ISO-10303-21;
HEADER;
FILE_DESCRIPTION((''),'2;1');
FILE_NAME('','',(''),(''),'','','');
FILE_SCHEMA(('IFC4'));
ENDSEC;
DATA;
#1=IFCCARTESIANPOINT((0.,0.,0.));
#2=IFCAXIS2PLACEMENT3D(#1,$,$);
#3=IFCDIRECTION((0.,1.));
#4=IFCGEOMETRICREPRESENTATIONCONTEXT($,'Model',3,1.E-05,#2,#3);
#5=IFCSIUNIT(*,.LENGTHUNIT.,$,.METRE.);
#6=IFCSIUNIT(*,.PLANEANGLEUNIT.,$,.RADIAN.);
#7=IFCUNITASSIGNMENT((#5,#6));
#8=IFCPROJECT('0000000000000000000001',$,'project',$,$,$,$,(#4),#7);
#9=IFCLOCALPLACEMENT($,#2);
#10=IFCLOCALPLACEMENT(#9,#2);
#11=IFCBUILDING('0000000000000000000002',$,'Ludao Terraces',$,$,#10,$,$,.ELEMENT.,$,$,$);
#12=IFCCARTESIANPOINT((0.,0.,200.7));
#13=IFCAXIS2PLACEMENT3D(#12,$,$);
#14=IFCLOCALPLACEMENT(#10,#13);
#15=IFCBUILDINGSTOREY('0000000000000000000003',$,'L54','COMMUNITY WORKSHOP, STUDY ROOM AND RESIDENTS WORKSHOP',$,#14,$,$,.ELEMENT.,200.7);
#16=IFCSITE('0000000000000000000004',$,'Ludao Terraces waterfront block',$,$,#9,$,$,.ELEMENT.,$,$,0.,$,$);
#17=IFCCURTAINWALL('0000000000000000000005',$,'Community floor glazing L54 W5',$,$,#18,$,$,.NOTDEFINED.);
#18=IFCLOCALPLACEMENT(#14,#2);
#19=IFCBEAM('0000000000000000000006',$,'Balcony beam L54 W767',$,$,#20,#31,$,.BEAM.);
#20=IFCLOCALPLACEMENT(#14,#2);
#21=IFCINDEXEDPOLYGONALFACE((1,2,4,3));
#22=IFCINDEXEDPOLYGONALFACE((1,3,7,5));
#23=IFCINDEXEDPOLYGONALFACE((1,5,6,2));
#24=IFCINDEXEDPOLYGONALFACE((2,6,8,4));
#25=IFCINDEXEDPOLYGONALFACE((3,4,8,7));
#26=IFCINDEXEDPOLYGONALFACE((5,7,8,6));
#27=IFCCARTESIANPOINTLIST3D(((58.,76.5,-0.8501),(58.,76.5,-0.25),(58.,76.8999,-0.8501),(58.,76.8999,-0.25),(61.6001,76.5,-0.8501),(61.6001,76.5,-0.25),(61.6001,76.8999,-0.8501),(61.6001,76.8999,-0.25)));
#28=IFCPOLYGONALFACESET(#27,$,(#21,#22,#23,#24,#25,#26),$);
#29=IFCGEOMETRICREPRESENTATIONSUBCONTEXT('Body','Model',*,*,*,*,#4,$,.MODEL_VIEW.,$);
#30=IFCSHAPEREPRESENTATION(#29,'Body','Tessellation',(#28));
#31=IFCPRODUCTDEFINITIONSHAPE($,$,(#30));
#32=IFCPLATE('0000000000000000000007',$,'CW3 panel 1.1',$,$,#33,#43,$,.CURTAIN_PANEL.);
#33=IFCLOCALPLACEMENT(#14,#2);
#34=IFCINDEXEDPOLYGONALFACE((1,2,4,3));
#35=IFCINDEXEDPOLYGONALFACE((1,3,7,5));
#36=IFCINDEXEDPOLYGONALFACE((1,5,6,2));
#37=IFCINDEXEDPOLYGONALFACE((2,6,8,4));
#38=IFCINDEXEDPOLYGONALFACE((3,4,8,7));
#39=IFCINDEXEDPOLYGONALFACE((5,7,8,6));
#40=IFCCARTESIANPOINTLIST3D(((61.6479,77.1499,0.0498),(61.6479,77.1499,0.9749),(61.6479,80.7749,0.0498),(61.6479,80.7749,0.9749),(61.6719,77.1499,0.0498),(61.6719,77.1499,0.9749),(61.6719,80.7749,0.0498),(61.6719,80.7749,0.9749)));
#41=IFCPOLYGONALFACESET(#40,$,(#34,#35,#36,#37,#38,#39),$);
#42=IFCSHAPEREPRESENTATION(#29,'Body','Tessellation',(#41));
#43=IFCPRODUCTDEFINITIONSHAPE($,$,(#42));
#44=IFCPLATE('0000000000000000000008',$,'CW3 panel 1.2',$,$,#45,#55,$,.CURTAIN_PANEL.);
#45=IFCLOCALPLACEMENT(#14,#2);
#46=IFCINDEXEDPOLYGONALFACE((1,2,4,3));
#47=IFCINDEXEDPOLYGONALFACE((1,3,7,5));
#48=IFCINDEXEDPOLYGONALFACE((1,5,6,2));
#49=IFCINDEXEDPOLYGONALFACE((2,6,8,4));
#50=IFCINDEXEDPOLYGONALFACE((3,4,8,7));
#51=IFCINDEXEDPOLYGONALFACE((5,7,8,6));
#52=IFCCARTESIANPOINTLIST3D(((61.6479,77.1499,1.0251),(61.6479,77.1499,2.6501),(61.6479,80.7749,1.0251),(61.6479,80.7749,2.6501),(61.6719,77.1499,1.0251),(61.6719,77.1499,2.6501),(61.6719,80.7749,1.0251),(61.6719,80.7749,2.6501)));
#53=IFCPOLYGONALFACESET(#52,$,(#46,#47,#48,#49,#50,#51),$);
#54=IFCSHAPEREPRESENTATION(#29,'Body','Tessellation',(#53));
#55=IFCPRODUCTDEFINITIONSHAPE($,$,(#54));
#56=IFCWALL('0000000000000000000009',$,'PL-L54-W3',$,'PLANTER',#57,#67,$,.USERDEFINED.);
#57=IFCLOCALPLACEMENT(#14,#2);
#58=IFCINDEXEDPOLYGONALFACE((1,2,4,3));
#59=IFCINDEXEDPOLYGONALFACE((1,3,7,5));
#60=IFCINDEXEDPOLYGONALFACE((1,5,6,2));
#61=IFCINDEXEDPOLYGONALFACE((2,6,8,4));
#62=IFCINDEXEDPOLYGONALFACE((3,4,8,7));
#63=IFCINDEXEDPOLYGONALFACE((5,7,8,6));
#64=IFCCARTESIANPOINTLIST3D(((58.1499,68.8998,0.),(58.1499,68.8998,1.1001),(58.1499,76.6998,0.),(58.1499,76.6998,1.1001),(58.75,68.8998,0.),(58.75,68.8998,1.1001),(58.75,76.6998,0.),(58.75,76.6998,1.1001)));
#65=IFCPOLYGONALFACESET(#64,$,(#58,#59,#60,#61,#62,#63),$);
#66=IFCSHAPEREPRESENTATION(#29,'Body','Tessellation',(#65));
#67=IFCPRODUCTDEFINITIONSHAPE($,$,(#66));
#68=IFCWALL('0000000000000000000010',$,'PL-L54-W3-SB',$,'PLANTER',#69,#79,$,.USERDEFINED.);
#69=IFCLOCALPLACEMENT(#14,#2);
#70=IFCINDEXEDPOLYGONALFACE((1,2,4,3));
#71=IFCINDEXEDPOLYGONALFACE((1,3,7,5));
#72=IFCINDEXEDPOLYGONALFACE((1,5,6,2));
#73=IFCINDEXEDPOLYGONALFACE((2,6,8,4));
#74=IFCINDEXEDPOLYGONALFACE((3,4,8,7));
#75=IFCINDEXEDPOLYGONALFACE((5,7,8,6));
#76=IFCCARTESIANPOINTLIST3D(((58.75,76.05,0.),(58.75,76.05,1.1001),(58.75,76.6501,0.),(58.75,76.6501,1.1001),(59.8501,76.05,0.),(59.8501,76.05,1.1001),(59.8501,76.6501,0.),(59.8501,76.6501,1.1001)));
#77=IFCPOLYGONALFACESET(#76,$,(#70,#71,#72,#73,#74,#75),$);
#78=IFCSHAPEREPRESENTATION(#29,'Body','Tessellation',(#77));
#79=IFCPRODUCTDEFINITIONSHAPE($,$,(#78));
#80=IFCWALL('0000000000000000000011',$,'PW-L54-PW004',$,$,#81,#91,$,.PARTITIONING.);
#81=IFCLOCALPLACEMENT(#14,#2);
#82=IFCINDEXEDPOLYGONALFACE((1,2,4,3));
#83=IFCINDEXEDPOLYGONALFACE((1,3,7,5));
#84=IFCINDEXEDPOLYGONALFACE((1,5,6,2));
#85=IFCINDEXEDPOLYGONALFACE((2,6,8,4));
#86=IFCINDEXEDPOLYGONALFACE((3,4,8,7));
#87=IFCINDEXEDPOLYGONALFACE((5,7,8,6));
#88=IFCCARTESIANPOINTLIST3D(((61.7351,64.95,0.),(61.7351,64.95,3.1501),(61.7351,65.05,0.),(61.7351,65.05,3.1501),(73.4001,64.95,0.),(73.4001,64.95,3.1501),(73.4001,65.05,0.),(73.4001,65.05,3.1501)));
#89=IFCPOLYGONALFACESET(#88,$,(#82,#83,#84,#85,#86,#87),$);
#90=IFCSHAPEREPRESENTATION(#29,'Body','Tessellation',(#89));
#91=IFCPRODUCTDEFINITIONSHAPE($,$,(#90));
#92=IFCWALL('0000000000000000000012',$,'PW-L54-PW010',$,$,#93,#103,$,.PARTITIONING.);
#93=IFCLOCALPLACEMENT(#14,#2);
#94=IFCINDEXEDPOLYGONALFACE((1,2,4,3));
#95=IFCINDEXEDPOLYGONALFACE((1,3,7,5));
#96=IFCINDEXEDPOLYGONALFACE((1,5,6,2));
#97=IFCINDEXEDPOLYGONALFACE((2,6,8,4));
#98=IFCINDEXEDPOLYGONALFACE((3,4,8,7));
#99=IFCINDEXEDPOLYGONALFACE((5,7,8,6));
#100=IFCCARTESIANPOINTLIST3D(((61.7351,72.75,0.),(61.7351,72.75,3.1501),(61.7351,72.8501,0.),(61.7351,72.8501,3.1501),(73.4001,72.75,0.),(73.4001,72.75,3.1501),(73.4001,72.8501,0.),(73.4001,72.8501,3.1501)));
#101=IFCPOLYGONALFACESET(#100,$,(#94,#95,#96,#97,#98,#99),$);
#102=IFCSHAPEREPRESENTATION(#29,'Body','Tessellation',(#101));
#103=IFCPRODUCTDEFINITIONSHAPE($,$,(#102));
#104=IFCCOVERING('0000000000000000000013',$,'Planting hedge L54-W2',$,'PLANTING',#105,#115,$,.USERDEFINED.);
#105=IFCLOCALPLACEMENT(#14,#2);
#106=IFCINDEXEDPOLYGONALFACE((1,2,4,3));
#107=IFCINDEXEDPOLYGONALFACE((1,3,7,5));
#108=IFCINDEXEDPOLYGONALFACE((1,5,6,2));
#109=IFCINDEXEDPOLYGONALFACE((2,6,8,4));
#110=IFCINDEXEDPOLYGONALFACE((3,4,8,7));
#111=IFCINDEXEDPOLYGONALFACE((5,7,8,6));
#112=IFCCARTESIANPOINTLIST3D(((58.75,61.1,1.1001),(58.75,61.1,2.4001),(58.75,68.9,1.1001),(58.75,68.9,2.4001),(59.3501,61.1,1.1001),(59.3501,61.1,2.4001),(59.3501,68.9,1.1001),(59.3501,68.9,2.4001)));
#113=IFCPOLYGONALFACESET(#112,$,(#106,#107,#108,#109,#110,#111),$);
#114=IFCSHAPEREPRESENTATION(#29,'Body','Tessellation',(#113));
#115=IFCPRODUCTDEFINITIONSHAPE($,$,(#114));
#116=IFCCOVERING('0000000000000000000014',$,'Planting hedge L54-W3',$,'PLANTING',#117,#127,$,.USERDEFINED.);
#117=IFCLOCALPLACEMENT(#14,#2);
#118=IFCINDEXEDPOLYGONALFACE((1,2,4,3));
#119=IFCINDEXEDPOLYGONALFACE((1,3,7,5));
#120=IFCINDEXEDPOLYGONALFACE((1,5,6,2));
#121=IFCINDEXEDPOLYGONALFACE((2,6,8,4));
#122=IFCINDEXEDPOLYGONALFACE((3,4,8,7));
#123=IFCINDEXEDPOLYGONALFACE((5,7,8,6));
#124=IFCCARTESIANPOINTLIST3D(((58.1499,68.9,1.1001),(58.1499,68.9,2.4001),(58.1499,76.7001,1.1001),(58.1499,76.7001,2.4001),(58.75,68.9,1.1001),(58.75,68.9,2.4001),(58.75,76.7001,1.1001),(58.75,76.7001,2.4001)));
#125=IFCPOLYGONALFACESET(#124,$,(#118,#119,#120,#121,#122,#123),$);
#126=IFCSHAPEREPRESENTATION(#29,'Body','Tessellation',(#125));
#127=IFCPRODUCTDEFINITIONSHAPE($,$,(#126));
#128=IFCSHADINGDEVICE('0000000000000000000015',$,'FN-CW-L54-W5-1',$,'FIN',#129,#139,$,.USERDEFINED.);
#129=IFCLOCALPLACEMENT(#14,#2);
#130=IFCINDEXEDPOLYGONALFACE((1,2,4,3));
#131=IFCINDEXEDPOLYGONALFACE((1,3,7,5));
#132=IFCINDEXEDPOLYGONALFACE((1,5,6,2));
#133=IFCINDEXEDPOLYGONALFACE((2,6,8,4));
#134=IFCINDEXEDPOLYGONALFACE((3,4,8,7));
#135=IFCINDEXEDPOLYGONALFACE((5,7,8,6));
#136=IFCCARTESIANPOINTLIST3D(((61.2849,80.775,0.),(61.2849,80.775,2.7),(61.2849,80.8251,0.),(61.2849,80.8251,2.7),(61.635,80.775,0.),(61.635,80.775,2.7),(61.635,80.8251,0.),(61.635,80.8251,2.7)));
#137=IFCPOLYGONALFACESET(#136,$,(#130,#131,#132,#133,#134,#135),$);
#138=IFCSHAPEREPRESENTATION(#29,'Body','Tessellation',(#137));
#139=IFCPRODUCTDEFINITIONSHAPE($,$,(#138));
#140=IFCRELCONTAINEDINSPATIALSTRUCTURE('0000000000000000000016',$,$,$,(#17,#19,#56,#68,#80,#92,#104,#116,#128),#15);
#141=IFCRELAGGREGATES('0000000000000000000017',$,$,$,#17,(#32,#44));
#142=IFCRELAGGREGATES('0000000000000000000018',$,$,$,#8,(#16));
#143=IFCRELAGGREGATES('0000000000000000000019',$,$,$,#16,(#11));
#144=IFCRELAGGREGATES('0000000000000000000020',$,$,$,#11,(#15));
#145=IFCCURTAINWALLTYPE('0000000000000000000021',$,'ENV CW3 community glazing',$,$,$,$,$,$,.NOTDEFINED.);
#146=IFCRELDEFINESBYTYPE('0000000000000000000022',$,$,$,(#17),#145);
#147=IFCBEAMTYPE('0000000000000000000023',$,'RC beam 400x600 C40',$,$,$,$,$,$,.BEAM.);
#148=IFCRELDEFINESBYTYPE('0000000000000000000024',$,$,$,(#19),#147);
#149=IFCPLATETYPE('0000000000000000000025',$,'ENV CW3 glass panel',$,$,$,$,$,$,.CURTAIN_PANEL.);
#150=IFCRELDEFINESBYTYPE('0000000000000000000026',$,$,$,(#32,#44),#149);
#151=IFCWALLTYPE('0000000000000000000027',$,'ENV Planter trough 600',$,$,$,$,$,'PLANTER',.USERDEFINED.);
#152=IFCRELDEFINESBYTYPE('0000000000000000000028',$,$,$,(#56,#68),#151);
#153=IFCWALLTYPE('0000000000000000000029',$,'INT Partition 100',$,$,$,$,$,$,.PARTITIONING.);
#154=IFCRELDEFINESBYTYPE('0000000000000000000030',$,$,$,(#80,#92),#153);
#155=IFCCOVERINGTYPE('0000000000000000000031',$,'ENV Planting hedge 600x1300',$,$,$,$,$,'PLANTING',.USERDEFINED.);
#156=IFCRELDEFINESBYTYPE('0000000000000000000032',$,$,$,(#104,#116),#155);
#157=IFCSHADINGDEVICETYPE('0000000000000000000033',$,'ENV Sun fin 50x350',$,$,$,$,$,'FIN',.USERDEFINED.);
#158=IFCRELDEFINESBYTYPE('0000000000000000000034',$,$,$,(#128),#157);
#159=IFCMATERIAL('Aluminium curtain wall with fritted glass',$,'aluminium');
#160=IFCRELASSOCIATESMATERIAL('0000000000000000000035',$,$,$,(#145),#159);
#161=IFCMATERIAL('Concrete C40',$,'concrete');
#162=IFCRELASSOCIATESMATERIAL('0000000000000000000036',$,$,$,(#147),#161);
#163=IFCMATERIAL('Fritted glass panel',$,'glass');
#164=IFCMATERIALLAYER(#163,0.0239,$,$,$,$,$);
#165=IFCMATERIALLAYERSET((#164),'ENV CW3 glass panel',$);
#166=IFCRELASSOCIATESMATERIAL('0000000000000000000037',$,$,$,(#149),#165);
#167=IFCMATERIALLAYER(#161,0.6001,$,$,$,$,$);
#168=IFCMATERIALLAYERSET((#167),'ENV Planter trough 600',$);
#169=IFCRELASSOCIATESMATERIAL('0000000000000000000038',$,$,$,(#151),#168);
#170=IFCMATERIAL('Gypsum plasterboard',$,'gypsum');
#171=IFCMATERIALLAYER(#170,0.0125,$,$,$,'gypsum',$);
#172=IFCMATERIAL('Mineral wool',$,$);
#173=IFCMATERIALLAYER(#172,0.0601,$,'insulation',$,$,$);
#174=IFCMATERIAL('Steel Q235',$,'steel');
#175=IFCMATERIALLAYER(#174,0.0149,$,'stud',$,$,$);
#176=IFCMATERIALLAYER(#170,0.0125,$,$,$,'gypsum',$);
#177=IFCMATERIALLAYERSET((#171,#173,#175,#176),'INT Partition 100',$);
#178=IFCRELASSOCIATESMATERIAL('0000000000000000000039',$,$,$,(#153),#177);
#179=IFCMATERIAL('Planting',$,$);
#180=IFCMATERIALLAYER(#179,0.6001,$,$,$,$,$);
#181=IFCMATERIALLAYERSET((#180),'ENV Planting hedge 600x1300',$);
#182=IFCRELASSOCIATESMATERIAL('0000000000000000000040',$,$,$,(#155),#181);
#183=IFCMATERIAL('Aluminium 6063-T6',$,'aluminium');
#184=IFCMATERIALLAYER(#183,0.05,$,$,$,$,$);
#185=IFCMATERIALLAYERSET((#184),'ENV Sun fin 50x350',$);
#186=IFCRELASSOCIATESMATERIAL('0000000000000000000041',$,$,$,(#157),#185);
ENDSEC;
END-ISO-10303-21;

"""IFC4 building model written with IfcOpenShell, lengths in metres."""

from ifc_helpers import new_model, si_unit, direction, frame, frame_2d, origin, origin_2d, place, context, subcontext, project, spatial, rectangle, extrude, material, layer, layer_set, material_profile, profile_set, type_object, element, aggregate, save


model = new_model("IFC4")

# Units and contexts
model_context = context("Model", 3, precision=1e-05, world=origin(), true_north=direction((0.0, 1.0)))
body_context = subcontext(model_context, "Body", "Model", "MODEL_VIEW")
ifc_project = project(units=[si_unit("LENGTHUNIT", "METRE"), si_unit("PLANEANGLEUNIT", "RADIAN")], contexts=[model_context])

# Site, building, storey
site_placement = place(None, origin())
site = spatial("IfcSite", under=ifc_project, at=site_placement, Name="Ludao Terraces waterfront block", CompositionType="ELEMENT", RefElevation=0.0)
building_placement = place(site_placement, origin())
building = spatial("IfcBuilding", under=site, at=building_placement, Name="Ludao Terraces", CompositionType="ELEMENT")
storey_placement = place(building_placement, frame((0.0, 0.0, 200.7)))
storey = spatial("IfcBuildingStorey", under=building, at=storey_placement, Name="L54", Description="COMMUNITY WORKSHOP, STUDY ROOM AND RESIDENTS WORKSHOP", CompositionType="ELEMENT", Elevation=200.7)

# Curtain wall
ifc_material_1 = material(Name="Aluminium curtain wall with fritted glass", Category="aluminium")
curtain_wall_type = type_object("IfcCurtainWallType", Name="ENV CW3 community glazing", PredefinedType="NOTDEFINED", material=ifc_material_1)
curtain_wall_placement = place(storey_placement, origin())
curtain_wall = element("IfcCurtainWall", 1, at=curtain_wall_placement, inside=storey, type_object=curtain_wall_type, Name="Community floor glazing L54 W5", PredefinedType="NOTDEFINED")
ifc_material_2 = material(Name="Aluminium 6063-T6", Category="aluminium")

# Beam
ifc_material_3 = material(Name="Concrete C40", Category="concrete")
ifc_material_profile_1 = material_profile(ifc_material_3, rectangle(XDim=0.3999, YDim=0.6001, at=origin_2d()), Name="400 X 600")
ifc_profile_set_1 = profile_set([ifc_material_profile_1], Name="Concrete C40")
beam_type_1 = type_object("IfcBeamType", Name="RC beam 400x600 C40", PredefinedType="BEAM", material=ifc_profile_set_1)
for number, where, z_axis, x_axis, name in (
    (2, (61.6001, 76.7, -0.55), (-1.0, 0.0, 0.0), (0.0, -1.0, 0.0), "Balcony beam L54 W767"),
):
    element("IfcBeam", number, at=place(storey_placement, frame(where, z_axis=z_axis, x_axis=x_axis)), inside=storey, type_object=beam_type_1, Name=name, PredefinedType="BEAM", context=body_context, shape_type="SweptSolid", body=[
        extrude(rectangle(XDim=0.3999, YDim=0.6001, at=origin_2d()), origin(), (0.0, 0.0, 1.0), 3.6001),
    ])

# Plates
ifc_material_4 = material(Name="Fritted glass panel", Category="glass")
ifc_layer_1 = layer(ifc_material_4, 0.0239)
ifc_layer_set_1 = layer_set([ifc_layer_1], Name="ENV CW3 glass panel")
plate_type = type_object("IfcPlateType", Name="ENV CW3 glass panel", PredefinedType="CURTAIN_PANEL", material=ifc_layer_set_1)
plate_1_placement = place(storey_placement, frame((61.6599, 78.9624, 0.0498), z_axis=(0.0, 0.0, 1.0), x_axis=(0.0, 1.0, 0.0)))
plate_1 = element("IfcPlate", 3, at=plate_1_placement, type_object=plate_type, Name="CW3 panel 1.1", PredefinedType="CURTAIN_PANEL", context=body_context, shape_type="SweptSolid", body=[
    extrude(rectangle(XDim=3.625, YDim=0.0239, at=origin_2d()), origin(), (0.0, 0.0, 1.0), 0.925),
])
plate_2_placement = place(storey_placement, frame((61.6599, 78.9624, 1.0251), z_axis=(0.0, 0.0, 1.0), x_axis=(0.0, 1.0, 0.0)))
plate_2 = element("IfcPlate", 4, at=plate_2_placement, type_object=plate_type, Name="CW3 panel 1.2", PredefinedType="CURTAIN_PANEL", context=body_context, shape_type="SweptSolid", body=[
    extrude(rectangle(XDim=3.625, YDim=0.0239, at=origin_2d()), origin(), (0.0, 0.0, 1.0), 1.625),
])
aggregate(curtain_wall, [plate_1, plate_2])

# Walls
ifc_layer_2 = layer(ifc_material_3, 0.6001)
ifc_layer_set_2 = layer_set([ifc_layer_2], Name="ENV Planter trough 600")
wall_type_1 = type_object("IfcWallType", Name="ENV Planter trough 600", ElementType="PLANTER", PredefinedType="USERDEFINED", material=ifc_layer_set_2)
wall_1_placement = place(storey_placement, frame((58.45, 68.8999, 0.0), z_axis=(0.0, 0.0, 1.0), x_axis=(0.0, 1.0, 0.0)))
element("IfcWall", 5, at=wall_1_placement, inside=storey, type_object=wall_type_1, Name="PL-L54-W3", ObjectType="PLANTER", PredefinedType="USERDEFINED", context=body_context, shape_type="SweptSolid", body=[
    extrude(rectangle(XDim=7.8, YDim=0.6001, at=frame_2d((3.8999, 0.0))), origin(), (0.0, 0.0, 1.0), 1.1001),
])
wall_2_placement = place(storey_placement, frame((58.75, 76.3501, 0.0), z_axis=(0.0, 0.0, 1.0), x_axis=(1.0, 0.0, 0.0)))
element("IfcWall", 6, at=wall_2_placement, inside=storey, type_object=wall_type_1, Name="PL-L54-W3-SB", ObjectType="PLANTER", PredefinedType="USERDEFINED", context=body_context, shape_type="SweptSolid", body=[
    extrude(rectangle(XDim=1.1001, YDim=0.6001, at=frame_2d((0.55, 0.0))), origin(), (0.0, 0.0, 1.0), 1.1001),
])

# Shared definitions
ifc_material_5 = material(Name="Mineral wool")

# Walls
ifc_material_6 = material(Name="Gypsum plasterboard", Category="gypsum")
ifc_layer_3 = layer(ifc_material_6, 0.0125, Category="gypsum")
ifc_layer_4 = layer(ifc_material_5, 0.0601, Name="insulation")
ifc_material_7 = material(Name="Steel Q235", Category="steel")
ifc_layer_5 = layer(ifc_material_7, 0.0149, Name="stud")
ifc_layer_6 = layer(ifc_material_6, 0.0125, Category="gypsum")
ifc_layer_set_3 = layer_set([ifc_layer_3, ifc_layer_4, ifc_layer_5, ifc_layer_6], Name="INT Partition 100")
wall_type_2 = type_object("IfcWallType", Name="INT Partition 100", PredefinedType="PARTITIONING", material=ifc_layer_set_3)
for number, where, z_axis, x_axis, name in (
    (7, (61.7351, 65.0, 0.0), (0.0, 0.0, 1.0), (1.0, 0.0, 0.0), "PW-L54-PW004"),
    (8, (61.7351, 72.8, 0.0), (0.0, 0.0, 1.0), (1.0, 0.0, 0.0), "PW-L54-PW010"),
):
    element("IfcWall", number, at=place(storey_placement, frame(where, z_axis=z_axis, x_axis=x_axis)), inside=storey, type_object=wall_type_2, Name=name, PredefinedType="PARTITIONING", context=body_context, shape_type="SweptSolid", body=[
        extrude(rectangle(XDim=11.665, YDim=0.1001, at=frame_2d((5.8325, 0.0))), origin(), (0.0, 0.0, 1.0), 3.1501),
    ])

# Coverings
ifc_material_8 = material(Name="Planting")
ifc_layer_7 = layer(ifc_material_8, 0.6001)
ifc_layer_set_4 = layer_set([ifc_layer_7], Name="ENV Planting hedge 600x1300")
covering_type = type_object("IfcCoveringType", Name="ENV Planting hedge 600x1300", ElementType="PLANTING", PredefinedType="USERDEFINED", material=ifc_layer_set_4)
for number, where, z_axis, x_axis, name in (
    (9, (59.05, 65.0, 1.1001), (0.0, 0.0, 1.0), (1.0, 0.0, 0.0), "Planting hedge L54-W2"),
    (10, (58.45, 72.8, 1.1001), (0.0, 0.0, 1.0), (1.0, 0.0, 0.0), "Planting hedge L54-W3"),
):
    element("IfcCovering", number, at=place(storey_placement, frame(where, z_axis=z_axis, x_axis=x_axis)), inside=storey, type_object=covering_type, Name=name, ObjectType="PLANTING", PredefinedType="USERDEFINED", context=body_context, shape_type="SweptSolid", body=[
        extrude(rectangle(XDim=0.6001, YDim=7.8, at=origin_2d()), origin(), (0.0, 0.0, 1.0), 1.3),
    ])

# Shading device
ifc_layer_8 = layer(ifc_material_2, 0.05)
ifc_layer_set_5 = layer_set([ifc_layer_8], Name="ENV Sun fin 50x350")
shading_device_type = type_object("IfcShadingDeviceType", Name="ENV Sun fin 50x350", ElementType="FIN", PredefinedType="USERDEFINED", material=ifc_layer_set_5)
shading_device_placement = place(storey_placement, frame((61.46, 80.8, 0.0), z_axis=(0.0, 0.0, 1.0), x_axis=(1.0, 0.0, 0.0)))
element("IfcShadingDevice", 11, at=shading_device_placement, inside=storey, type_object=shading_device_type, Name="FN-CW-L54-W5-1", ObjectType="FIN", PredefinedType="USERDEFINED", context=body_context, shape_type="SweptSolid", body=[
    extrude(rectangle(XDim=0.3501, YDim=0.05, at=origin_2d()), origin(), (0.0, 0.0, 1.0), 2.7),
])

save(model, "model.ifc")
